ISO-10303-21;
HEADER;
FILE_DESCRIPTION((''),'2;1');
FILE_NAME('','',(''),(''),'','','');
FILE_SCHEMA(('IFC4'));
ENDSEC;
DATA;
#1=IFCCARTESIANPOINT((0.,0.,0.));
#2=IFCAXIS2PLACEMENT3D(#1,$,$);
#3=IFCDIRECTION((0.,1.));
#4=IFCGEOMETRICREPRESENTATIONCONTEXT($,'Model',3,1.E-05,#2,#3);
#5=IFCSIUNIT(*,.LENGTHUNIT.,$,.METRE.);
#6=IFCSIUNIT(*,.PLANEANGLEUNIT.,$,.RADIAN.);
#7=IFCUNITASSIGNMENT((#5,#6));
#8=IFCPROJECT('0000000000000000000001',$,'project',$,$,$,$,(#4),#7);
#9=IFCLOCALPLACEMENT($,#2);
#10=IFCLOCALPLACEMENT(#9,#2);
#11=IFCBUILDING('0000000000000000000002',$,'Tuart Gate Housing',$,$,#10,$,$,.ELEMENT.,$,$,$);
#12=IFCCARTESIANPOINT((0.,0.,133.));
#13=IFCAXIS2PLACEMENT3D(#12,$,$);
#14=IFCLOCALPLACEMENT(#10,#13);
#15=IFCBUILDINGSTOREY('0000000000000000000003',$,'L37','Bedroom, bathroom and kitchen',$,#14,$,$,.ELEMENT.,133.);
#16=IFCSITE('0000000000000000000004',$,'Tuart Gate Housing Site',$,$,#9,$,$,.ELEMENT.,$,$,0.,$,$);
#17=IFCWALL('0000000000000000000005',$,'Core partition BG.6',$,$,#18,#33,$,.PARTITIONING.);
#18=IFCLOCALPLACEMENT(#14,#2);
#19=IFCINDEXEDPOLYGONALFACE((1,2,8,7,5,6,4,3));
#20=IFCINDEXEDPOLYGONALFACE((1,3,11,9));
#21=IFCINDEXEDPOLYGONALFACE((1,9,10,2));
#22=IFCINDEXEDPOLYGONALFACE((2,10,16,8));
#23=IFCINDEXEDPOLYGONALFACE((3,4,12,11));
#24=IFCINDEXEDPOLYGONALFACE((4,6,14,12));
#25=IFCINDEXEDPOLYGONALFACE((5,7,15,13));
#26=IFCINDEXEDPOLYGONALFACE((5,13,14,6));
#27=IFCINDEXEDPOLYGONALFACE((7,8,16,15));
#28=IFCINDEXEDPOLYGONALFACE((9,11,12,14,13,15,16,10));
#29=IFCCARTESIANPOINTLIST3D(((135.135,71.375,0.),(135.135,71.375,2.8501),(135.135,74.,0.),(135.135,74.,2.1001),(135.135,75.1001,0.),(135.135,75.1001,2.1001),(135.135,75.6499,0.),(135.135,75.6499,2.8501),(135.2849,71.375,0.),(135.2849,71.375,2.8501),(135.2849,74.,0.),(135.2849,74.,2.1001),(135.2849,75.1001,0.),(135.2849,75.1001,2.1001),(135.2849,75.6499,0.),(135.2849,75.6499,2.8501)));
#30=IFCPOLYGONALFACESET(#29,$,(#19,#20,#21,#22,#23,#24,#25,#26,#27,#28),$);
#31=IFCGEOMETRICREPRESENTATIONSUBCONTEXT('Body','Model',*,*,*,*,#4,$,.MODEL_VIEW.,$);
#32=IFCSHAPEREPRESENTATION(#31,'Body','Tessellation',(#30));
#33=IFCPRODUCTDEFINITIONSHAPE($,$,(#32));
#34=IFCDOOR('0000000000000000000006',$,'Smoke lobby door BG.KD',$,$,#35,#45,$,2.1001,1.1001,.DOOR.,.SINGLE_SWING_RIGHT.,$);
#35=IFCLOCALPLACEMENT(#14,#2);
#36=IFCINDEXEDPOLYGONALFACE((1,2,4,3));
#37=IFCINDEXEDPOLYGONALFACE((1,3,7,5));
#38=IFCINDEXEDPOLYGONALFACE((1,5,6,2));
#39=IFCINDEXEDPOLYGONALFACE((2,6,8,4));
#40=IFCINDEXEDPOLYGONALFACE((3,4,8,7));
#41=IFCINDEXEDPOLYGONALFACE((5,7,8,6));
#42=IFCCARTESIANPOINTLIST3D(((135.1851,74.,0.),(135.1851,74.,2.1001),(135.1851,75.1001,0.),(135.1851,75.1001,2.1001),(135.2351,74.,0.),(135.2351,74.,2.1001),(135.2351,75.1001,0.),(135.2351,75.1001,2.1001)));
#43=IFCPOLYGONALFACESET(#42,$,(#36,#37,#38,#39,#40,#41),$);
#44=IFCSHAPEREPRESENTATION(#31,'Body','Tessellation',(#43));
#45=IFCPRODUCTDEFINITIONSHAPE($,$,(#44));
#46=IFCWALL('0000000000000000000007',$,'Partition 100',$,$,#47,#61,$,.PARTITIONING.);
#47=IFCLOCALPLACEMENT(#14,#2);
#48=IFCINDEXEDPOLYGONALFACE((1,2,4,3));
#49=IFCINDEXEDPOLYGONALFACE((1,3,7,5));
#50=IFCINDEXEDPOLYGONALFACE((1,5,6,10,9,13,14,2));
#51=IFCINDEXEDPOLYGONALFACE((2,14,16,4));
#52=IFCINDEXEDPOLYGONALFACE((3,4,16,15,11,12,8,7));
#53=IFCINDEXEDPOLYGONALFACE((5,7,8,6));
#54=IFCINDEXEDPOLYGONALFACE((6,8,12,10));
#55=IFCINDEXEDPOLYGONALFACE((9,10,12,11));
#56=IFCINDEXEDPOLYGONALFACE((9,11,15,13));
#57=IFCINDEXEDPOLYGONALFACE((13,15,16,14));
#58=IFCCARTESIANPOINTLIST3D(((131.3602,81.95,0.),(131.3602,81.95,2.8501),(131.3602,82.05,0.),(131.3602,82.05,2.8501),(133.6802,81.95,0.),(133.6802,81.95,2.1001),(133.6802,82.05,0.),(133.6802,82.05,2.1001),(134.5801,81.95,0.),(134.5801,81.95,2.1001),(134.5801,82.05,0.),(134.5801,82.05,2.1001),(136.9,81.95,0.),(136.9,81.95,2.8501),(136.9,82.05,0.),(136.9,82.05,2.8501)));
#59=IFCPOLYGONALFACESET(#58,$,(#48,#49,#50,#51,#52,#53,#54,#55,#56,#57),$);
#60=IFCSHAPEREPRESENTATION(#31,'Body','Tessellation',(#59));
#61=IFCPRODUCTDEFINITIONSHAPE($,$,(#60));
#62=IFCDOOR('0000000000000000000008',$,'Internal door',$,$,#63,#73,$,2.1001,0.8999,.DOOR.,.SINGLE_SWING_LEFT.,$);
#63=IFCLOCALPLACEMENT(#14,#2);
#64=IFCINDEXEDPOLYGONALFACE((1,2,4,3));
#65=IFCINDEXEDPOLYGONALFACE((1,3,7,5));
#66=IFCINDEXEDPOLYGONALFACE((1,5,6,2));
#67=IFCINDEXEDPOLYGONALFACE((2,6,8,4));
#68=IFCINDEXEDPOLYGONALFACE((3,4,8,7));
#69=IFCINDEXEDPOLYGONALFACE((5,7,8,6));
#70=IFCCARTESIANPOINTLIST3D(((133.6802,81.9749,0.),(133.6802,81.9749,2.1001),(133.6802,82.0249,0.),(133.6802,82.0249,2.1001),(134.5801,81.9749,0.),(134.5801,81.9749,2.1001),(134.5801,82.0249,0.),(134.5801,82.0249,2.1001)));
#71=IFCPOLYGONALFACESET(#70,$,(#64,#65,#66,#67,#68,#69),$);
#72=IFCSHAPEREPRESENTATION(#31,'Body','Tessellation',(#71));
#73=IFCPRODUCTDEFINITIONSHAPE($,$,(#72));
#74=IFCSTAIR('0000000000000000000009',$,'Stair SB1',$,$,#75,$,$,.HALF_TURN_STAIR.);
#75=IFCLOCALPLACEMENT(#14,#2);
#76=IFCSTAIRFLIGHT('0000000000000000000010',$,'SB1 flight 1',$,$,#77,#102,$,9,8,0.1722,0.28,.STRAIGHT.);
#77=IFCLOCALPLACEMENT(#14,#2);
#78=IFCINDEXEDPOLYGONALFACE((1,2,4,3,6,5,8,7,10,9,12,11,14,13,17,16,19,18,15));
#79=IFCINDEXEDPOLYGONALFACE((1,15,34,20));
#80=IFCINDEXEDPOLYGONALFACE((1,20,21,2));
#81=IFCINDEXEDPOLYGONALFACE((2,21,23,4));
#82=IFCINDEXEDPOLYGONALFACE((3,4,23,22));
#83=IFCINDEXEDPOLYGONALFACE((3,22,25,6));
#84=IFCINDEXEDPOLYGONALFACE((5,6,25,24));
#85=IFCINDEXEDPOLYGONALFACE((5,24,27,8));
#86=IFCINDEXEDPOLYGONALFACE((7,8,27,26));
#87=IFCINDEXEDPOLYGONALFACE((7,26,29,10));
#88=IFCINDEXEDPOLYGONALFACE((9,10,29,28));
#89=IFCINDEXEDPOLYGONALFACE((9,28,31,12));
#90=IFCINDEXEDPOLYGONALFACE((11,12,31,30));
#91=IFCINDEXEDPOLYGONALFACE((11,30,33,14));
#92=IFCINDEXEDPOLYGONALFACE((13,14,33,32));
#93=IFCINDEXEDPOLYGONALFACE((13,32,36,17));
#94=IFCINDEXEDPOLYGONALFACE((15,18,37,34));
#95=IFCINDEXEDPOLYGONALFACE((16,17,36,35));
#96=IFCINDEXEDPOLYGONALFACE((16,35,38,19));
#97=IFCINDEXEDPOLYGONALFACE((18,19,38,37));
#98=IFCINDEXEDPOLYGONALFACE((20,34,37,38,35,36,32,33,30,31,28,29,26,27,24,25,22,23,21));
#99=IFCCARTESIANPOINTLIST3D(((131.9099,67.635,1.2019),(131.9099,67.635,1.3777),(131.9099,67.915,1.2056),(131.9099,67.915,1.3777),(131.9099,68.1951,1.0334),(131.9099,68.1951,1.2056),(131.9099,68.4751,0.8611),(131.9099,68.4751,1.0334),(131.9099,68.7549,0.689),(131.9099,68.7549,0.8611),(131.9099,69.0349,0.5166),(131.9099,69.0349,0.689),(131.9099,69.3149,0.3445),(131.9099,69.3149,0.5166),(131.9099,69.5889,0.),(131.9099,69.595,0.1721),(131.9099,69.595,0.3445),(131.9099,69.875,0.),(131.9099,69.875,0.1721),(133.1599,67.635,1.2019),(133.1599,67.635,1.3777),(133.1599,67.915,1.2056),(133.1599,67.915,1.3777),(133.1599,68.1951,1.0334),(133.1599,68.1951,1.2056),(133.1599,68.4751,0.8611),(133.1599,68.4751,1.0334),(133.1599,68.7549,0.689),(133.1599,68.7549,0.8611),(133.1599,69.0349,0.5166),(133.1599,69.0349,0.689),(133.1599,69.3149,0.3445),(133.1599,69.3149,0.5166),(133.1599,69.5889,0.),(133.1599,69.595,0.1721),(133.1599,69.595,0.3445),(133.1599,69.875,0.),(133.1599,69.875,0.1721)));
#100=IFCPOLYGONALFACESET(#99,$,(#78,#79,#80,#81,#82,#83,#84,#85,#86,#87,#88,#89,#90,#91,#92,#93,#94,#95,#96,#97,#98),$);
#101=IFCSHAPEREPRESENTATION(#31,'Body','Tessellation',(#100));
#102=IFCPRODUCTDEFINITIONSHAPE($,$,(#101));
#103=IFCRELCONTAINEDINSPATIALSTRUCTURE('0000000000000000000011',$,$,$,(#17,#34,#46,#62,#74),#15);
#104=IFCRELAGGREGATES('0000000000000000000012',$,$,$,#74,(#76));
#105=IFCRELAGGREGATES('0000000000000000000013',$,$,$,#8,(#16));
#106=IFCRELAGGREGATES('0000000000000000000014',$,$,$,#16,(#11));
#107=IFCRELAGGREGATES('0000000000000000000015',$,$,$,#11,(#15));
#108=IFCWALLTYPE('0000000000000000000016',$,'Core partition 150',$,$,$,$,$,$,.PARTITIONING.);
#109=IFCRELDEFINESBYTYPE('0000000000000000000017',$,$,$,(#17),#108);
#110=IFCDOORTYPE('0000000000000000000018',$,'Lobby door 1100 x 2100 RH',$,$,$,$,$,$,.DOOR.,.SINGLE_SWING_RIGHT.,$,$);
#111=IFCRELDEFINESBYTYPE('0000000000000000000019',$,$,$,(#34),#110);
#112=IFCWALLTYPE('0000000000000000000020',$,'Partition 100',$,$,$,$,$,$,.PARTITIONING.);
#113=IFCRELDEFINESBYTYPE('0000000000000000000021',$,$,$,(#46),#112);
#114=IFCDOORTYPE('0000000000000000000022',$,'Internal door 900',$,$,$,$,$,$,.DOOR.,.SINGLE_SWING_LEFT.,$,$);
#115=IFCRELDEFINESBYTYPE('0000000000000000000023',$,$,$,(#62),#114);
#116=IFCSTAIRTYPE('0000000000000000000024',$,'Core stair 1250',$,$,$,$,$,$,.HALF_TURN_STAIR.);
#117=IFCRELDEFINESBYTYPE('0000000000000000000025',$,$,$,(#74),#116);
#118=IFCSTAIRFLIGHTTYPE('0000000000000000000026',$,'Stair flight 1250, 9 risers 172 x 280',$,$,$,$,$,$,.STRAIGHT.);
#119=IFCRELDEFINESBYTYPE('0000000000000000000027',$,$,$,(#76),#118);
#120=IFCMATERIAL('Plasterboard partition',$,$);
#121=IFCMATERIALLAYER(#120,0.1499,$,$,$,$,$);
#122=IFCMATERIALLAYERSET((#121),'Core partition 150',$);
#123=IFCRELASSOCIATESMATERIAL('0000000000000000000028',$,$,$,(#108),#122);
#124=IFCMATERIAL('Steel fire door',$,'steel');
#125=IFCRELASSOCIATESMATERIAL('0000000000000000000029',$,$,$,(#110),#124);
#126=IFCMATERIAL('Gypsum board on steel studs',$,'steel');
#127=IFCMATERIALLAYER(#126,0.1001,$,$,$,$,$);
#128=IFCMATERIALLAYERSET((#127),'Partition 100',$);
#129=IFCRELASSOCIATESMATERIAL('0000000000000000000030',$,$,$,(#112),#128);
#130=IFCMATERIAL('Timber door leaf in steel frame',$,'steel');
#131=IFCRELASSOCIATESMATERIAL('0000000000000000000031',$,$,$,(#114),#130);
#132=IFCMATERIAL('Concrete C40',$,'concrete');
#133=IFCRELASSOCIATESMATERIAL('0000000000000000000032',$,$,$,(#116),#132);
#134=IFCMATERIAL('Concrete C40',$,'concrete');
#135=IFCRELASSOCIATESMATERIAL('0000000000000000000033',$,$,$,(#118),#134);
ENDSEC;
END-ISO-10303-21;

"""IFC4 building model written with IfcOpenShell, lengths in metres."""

from ifc_helpers import new_model, si_unit, direction, frame, frame_2d, origin, place, context, subcontext, project, spatial, polyline, rectangle, outline, extrude, material, layer, layer_set, type_object, element, fill, aggregate, save


model = new_model("IFC4")

# Units and contexts
model_context = context("Model", 3, precision=1e-05, world=origin(), true_north=direction((0.0, 1.0)))
body_context = subcontext(model_context, "Body", "Model", "MODEL_VIEW")
ifc_project = project(units=[si_unit("LENGTHUNIT", "METRE"), si_unit("PLANEANGLEUNIT", "RADIAN")], contexts=[model_context])

# Site, building, storey
site_placement = place(None, origin())
site = spatial("IfcSite", under=ifc_project, at=site_placement, Name="Tuart Gate Housing Site", CompositionType="ELEMENT", RefElevation=0.0)
building_placement = place(site_placement, origin())
building = spatial("IfcBuilding", under=site, at=building_placement, Name="Tuart Gate Housing", CompositionType="ELEMENT")
storey_placement = place(building_placement, frame((0.0, 0.0, 133.0)))
storey = spatial("IfcBuildingStorey", under=building, at=storey_placement, Name="L37", Description="Bedroom, bathroom and kitchen", CompositionType="ELEMENT", Elevation=133.0)

# Walls, openings, doors
ifc_material_1 = material(Name="Plasterboard partition")
ifc_layer_1 = layer(ifc_material_1, 0.1499)
ifc_layer_set_1 = layer_set([ifc_layer_1], Name="Core partition 150")
wall_type_1 = type_object("IfcWallType", Name="Core partition 150", PredefinedType="PARTITIONING", material=ifc_layer_set_1)
wall_1_placement = place(storey_placement, frame((135.21, 71.375, 0.0), z_axis=(0.0, 0.0, 1.0), x_axis=(0.0, 1.0, 0.0)))
wall_1 = element("IfcWall", 1, at=wall_1_placement, inside=storey, type_object=wall_type_1, Name="Core partition BG.6", PredefinedType="PARTITIONING", context=body_context, shape_type="SweptSolid", body=[
    extrude(rectangle(XDim=4.2749, YDim=0.1499, at=frame_2d((2.1375, 0.0))), origin(), (0.0, 0.0, 1.0), 2.8501),
])
opening_1_placement = place(wall_1_placement, frame((2.625, 0.0, 0.0)))
opening_1 = element("IfcOpeningElement", 2, at=opening_1_placement, cuts=wall_1, PredefinedType="OPENING", context=body_context, shape_type="SweptSolid", body=[
    extrude(rectangle(XDim=1.1001, YDim=2.1001, at=frame_2d((0.55, 1.05))), frame((0.0, 0.085, 0.0), z_axis=(0.0, -1.0, 0.0), x_axis=(1.0, 0.0, 0.0)), (0.0, 0.0, 1.0), 0.1699),
])
ifc_material_2 = material(Name="Steel fire door", Category="steel")
door_type_1 = type_object("IfcDoorType", Name="Lobby door 1100 x 2100 RH", OperationType="SINGLE_SWING_RIGHT", PredefinedType="DOOR", material=ifc_material_2)
door_1_placement = place(opening_1_placement, origin())
door_1 = element("IfcDoor", 3, at=door_1_placement, inside=storey, type_object=door_type_1, Name="Smoke lobby door BG.KD", OperationType="SINGLE_SWING_RIGHT", OverallHeight=2.1001, OverallWidth=1.1001, PredefinedType="DOOR", context=body_context, shape_type="SweptSolid", body=[
    extrude(rectangle(XDim=1.1001, YDim=2.1001, at=frame_2d((0.55, 1.05))), frame((0.0, 0.0249, 0.0), z_axis=(0.0, -1.0, 0.0), x_axis=(1.0, 0.0, 0.0)), (0.0, 0.0, 1.0), 0.05),
])
fill(opening_1, door_1)
ifc_material_3 = material(Name="Gypsum board on steel studs", Category="steel")
ifc_layer_2 = layer(ifc_material_3, 0.1001)
ifc_layer_set_2 = layer_set([ifc_layer_2], Name="Partition 100")
wall_type_2 = type_object("IfcWallType", Name="Partition 100", PredefinedType="PARTITIONING", material=ifc_layer_set_2)
wall_2_placement = place(storey_placement, frame((131.3601, 82.0, 0.0), z_axis=(0.0, 0.0, 1.0), x_axis=(1.0, 0.0, 0.0)))
wall_2 = element("IfcWall", 4, at=wall_2_placement, inside=storey, type_object=wall_type_2, Name="Partition 100", PredefinedType="PARTITIONING", context=body_context, shape_type="SweptSolid", body=[
    extrude(rectangle(XDim=5.5398, YDim=0.1001, at=frame_2d((2.77, 0.0))), origin(), (0.0, 0.0, 1.0), 2.8501),
])
opening_2_placement = place(wall_2_placement, frame((2.3201, 0.0, 0.0)))
opening_2 = element("IfcOpeningElement", 5, at=opening_2_placement, cuts=wall_2, PredefinedType="OPENING", context=body_context, shape_type="SweptSolid", body=[
    extrude(rectangle(XDim=0.8999, YDim=2.1001, at=frame_2d((0.45, 1.05))), frame((0.0, 0.0601, 0.0), z_axis=(0.0, -1.0, 0.0), x_axis=(1.0, 0.0, 0.0)), (0.0, 0.0, 1.0), 0.1201),
])
ifc_material_4 = material(Name="Timber door leaf in steel frame", Category="steel")
door_type_2 = type_object("IfcDoorType", Name="Internal door 900", OperationType="SINGLE_SWING_LEFT", PredefinedType="DOOR", material=ifc_material_4)
door_2_placement = place(opening_2_placement, origin())
door_2 = element("IfcDoor", 6, at=door_2_placement, inside=storey, type_object=door_type_2, Name="Internal door", OperationType="SINGLE_SWING_LEFT", OverallHeight=2.1001, OverallWidth=0.8999, PredefinedType="DOOR", context=body_context, shape_type="SweptSolid", body=[
    extrude(rectangle(XDim=0.8999, YDim=2.1001, at=frame_2d((0.45, 1.05))), frame((0.0, 0.0249, 0.0), z_axis=(0.0, -1.0, 0.0), x_axis=(1.0, 0.0, 0.0)), (0.0, 0.0, 1.0), 0.05),
])
fill(opening_2, door_2)

# Stair, stair flight
ifc_material_5 = material(Name="Concrete C40", Category="concrete")
stair_type = type_object("IfcStairType", Name="Core stair 1250", PredefinedType="HALF_TURN_STAIR", material=ifc_material_5)
stair_placement = place(storey_placement, origin())
stair = element("IfcStair", 7, at=stair_placement, inside=storey, type_object=stair_type, Name="Stair SB1", PredefinedType="HALF_TURN_STAIR")
ifc_material_6 = material(Name="Concrete C40", Category="concrete")
stair_flight_type = type_object("IfcStairFlightType", Name="Stair flight 1250, 9 risers 172 x 280", PredefinedType="STRAIGHT", material=ifc_material_6)
stair_flight_placement = place(storey_placement, frame((132.5349, 69.875, 0.0), z_axis=(0.0, 0.0, 1.0), x_axis=(0.0, -1.0, 0.0)))
stair_flight = element("IfcStairFlight", 8, at=stair_flight_placement, type_object=stair_flight_type, Name="SB1 flight 1", NumberOfRisers=9, NumberOfTreads=8, PredefinedType="STRAIGHT", RiserHeight=0.1722, TreadLength=0.28, context=body_context, shape_type="SweptSolid", body=[
    extrude(outline(polyline([(0.0, 0.0), (0.0, 0.1721), (0.28, 0.1721), (0.28, 0.3445), (0.5601, 0.3445), (0.5601, 0.5166), (0.8401, 0.5166), (0.8401, 0.689), (1.1201, 0.689), (1.1201, 0.8611), (1.3999, 0.8611), (1.3999, 1.0334), (1.6799, 1.0334), (1.6799, 1.2056), (1.96, 1.2056), (1.96, 1.3777), (2.24, 1.3777), (2.24, 1.55), (2.24, 1.2019), (0.2861, 0.0), (0.0, 0.0)])), frame((0.0, 0.625, 0.0), z_axis=(0.0, -1.0, 0.0), x_axis=(1.0, 0.0, 0.0)), (0.0, 0.0, 1.0), 1.25),
])
aggregate(stair, [stair_flight])

save(model, "model.ifc")
